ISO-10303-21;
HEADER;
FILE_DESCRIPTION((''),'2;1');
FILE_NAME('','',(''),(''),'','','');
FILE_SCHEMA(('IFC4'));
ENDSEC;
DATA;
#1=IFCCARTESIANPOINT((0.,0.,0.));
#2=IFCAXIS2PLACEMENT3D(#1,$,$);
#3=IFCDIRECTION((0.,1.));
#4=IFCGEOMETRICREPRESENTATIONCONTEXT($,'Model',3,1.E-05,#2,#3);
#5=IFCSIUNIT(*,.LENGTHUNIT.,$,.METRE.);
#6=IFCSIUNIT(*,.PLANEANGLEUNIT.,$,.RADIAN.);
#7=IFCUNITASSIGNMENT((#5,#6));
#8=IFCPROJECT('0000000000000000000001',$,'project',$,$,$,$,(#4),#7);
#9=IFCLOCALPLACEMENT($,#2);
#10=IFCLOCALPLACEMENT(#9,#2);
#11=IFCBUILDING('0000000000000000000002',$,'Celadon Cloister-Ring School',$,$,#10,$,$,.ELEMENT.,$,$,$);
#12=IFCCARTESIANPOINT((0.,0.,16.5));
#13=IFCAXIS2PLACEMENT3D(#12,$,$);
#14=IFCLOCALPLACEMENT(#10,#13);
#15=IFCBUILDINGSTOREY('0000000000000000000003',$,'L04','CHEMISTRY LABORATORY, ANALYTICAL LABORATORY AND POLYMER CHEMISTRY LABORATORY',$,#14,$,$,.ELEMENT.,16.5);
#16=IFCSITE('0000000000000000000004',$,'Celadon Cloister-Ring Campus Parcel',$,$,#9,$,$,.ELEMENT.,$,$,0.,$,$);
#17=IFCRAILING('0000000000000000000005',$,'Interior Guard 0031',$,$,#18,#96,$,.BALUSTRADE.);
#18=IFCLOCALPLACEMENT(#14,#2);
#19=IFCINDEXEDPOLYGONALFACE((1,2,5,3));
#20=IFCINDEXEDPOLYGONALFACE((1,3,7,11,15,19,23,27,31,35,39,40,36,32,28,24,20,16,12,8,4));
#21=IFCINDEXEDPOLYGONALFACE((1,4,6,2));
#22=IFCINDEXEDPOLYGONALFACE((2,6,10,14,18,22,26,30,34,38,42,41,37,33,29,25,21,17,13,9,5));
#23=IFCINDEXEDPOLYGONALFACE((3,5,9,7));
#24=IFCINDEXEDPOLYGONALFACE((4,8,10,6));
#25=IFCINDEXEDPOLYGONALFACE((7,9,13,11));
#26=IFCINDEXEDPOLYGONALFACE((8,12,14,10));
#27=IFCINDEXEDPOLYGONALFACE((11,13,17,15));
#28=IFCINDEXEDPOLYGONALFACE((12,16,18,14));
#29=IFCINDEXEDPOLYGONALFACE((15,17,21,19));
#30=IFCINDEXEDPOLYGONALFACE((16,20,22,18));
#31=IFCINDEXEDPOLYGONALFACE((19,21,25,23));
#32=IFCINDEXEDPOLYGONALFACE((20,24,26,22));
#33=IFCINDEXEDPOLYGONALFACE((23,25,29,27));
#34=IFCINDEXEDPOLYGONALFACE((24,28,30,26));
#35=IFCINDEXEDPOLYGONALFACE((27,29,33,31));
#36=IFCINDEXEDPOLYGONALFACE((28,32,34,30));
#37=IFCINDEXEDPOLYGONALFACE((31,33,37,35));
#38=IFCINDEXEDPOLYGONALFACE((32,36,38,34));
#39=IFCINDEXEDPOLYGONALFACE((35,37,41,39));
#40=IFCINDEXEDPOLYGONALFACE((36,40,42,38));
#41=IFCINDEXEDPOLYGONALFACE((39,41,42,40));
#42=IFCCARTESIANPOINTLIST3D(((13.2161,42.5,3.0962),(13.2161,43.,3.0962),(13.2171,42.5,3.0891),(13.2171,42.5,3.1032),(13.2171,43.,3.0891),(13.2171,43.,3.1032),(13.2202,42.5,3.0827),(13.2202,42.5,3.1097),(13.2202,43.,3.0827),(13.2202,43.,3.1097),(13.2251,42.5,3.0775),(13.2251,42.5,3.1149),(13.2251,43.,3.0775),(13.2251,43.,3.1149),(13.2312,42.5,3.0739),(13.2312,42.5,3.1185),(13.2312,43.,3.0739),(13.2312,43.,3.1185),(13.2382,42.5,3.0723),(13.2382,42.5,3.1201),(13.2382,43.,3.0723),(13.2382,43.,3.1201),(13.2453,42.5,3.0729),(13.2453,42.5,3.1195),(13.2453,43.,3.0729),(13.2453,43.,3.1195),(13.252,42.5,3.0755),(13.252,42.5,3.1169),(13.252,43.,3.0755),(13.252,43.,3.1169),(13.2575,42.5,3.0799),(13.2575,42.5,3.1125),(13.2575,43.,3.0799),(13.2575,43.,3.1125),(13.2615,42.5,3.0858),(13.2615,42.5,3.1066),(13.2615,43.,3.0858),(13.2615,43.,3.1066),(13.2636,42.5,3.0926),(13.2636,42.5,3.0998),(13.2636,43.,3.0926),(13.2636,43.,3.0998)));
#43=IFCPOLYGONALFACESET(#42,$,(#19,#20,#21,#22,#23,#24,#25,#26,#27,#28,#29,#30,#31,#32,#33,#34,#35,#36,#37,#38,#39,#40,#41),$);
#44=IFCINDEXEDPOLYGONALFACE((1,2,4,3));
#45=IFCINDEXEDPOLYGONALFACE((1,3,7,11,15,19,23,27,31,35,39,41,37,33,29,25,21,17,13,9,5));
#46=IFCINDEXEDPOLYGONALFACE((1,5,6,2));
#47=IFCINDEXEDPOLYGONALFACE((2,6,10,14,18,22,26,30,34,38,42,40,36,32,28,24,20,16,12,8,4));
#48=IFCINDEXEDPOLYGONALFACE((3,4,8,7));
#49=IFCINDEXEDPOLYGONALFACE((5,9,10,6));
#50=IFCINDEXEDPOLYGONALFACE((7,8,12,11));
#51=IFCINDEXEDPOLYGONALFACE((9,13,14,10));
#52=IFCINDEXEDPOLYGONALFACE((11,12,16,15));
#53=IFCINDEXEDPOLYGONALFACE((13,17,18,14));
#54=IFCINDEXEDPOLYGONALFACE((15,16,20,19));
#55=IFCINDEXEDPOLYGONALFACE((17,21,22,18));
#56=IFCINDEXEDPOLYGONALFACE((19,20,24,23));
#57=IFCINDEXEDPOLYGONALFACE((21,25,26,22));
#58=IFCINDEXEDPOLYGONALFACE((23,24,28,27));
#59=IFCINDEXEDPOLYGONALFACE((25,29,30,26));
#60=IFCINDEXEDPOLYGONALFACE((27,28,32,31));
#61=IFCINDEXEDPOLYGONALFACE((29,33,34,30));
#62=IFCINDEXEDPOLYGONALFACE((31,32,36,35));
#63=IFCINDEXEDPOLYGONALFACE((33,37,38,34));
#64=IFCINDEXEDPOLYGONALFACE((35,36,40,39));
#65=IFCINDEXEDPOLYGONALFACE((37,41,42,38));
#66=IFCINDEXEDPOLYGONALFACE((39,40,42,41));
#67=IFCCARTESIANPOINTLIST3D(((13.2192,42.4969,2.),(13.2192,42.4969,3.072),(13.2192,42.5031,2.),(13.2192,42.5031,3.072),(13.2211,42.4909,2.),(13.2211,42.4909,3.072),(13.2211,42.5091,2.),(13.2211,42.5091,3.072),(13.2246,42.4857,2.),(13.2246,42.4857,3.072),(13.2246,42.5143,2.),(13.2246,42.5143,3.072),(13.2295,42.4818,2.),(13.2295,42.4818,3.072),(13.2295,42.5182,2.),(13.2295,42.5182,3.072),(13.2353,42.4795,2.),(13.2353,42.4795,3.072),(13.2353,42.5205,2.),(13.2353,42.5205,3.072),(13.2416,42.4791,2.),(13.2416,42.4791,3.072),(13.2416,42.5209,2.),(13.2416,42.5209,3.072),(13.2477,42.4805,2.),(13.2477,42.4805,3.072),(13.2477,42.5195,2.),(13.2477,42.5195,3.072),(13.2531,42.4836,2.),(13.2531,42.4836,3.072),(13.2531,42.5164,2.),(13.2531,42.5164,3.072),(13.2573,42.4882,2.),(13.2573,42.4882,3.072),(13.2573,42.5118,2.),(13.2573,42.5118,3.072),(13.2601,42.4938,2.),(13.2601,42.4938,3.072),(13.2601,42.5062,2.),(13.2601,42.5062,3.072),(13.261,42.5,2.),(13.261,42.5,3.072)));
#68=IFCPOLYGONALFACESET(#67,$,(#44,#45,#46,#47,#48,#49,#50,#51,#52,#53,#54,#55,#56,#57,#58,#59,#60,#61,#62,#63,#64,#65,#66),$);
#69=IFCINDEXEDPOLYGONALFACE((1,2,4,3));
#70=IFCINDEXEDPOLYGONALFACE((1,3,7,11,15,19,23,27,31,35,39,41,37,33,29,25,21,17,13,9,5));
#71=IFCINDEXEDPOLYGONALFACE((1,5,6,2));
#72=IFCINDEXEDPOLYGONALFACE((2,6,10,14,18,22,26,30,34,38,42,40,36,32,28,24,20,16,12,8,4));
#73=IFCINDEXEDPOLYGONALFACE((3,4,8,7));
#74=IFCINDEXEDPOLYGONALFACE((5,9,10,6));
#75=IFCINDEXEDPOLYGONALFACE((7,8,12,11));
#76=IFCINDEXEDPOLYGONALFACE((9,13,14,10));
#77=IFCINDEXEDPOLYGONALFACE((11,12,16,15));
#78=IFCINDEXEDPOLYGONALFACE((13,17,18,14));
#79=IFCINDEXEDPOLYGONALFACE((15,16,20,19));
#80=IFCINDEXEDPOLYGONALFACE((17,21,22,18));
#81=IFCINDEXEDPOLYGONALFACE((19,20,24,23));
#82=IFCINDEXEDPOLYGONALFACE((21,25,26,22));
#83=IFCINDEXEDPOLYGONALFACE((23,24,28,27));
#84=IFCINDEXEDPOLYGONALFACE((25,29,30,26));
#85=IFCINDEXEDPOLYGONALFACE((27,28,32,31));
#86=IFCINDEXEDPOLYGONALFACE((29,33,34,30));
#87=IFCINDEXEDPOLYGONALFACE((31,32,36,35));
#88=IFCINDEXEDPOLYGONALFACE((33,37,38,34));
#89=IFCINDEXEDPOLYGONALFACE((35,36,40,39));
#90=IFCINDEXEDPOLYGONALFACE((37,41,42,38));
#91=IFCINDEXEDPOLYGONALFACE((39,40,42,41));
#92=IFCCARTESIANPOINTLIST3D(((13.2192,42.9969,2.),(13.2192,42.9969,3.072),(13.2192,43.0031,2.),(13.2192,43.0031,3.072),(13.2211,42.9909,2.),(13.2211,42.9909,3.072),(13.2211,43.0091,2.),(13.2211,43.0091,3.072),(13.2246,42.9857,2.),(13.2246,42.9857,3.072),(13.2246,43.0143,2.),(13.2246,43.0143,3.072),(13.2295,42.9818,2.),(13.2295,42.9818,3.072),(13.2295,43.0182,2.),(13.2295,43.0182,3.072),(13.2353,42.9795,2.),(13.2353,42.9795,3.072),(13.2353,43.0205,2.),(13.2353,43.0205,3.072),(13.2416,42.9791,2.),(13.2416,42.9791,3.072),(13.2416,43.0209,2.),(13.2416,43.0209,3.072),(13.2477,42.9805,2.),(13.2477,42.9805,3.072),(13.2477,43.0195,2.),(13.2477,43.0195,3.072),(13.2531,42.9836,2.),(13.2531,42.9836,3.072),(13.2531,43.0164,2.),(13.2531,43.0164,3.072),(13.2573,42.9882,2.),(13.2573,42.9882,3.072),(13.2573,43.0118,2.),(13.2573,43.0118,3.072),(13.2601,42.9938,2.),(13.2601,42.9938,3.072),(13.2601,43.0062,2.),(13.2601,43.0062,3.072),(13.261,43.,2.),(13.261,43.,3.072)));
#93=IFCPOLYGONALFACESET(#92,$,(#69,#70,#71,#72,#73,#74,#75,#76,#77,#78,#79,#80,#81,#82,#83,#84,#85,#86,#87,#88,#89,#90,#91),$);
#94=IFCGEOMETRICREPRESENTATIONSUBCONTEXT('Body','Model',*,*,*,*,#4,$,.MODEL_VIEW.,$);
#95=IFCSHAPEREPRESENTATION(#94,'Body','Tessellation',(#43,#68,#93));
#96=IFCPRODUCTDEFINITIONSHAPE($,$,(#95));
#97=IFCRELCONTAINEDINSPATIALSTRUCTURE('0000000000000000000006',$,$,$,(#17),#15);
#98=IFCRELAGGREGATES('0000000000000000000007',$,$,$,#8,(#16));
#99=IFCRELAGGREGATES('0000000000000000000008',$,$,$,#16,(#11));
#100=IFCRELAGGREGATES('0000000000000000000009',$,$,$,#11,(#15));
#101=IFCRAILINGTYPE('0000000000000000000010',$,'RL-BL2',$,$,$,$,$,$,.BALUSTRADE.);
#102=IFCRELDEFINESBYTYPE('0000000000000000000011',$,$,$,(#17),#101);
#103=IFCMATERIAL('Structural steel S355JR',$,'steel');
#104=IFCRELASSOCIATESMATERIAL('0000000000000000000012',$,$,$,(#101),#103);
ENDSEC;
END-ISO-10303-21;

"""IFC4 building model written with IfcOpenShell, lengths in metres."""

from ifc_helpers import new_model, si_unit, direction, frame, origin, origin_2d, place, context, subcontext, project, spatial, circle, extrude, material, type_object, element, save


model = new_model("IFC4")

# Units and contexts
model_context = context("Model", 3, precision=1e-05, world=origin(), true_north=direction((0.0, 1.0)))
body_context = subcontext(model_context, "Body", "Model", "MODEL_VIEW")
ifc_project = project(units=[si_unit("LENGTHUNIT", "METRE"), si_unit("PLANEANGLEUNIT", "RADIAN")], contexts=[model_context])

# Site, building, storey
site_placement = place(None, origin())
site = spatial("IfcSite", under=ifc_project, at=site_placement, Name="Celadon Cloister-Ring Campus Parcel", CompositionType="ELEMENT", RefElevation=0.0)
building_placement = place(site_placement, origin())
building = spatial("IfcBuilding", under=site, at=building_placement, Name="Celadon Cloister-Ring School", CompositionType="ELEMENT")
storey_placement = place(building_placement, frame((0.0, 0.0, 16.5)))
storey = spatial("IfcBuildingStorey", under=building, at=storey_placement, Name="L04", Description="CHEMISTRY LABORATORY, ANALYTICAL LABORATORY AND POLYMER CHEMISTRY LABORATORY", CompositionType="ELEMENT", Elevation=16.5)

# Railing
ifc_material_1 = material(Name="Structural steel S355JR", Category="steel")
railing_type_1 = type_object("IfcRailingType", Name="RL-BL2", PredefinedType="BALUSTRADE", material=ifc_material_1)
railing_1_placement = place(storey_placement, frame((13.24, 42.5, 2.0)))
element("IfcRailing", 1, at=railing_1_placement, inside=storey, type_object=railing_type_1, Name="Interior Guard 0031", PredefinedType="BALUSTRADE", context=body_context, shape_type="SweptSolid", body=[
    extrude(circle(Radius=0.0239, at=origin_2d()), frame((0.0, 0.0, 1.0962), z_axis=(0.0, 1.0, 0.0), x_axis=(-1.0, 0.0, 0.0)), (0.0, 0.0, 1.0), 0.5),
    extrude(circle(Radius=0.021, at=origin_2d()), origin(), (0.0, 0.0, 1.0), 1.072),
    extrude(circle(Radius=0.021, at=origin_2d()), frame((0.0, 0.5, 0.0)), (0.0, 0.0, 1.0), 1.072),
])

save(model, "model.ifc")
